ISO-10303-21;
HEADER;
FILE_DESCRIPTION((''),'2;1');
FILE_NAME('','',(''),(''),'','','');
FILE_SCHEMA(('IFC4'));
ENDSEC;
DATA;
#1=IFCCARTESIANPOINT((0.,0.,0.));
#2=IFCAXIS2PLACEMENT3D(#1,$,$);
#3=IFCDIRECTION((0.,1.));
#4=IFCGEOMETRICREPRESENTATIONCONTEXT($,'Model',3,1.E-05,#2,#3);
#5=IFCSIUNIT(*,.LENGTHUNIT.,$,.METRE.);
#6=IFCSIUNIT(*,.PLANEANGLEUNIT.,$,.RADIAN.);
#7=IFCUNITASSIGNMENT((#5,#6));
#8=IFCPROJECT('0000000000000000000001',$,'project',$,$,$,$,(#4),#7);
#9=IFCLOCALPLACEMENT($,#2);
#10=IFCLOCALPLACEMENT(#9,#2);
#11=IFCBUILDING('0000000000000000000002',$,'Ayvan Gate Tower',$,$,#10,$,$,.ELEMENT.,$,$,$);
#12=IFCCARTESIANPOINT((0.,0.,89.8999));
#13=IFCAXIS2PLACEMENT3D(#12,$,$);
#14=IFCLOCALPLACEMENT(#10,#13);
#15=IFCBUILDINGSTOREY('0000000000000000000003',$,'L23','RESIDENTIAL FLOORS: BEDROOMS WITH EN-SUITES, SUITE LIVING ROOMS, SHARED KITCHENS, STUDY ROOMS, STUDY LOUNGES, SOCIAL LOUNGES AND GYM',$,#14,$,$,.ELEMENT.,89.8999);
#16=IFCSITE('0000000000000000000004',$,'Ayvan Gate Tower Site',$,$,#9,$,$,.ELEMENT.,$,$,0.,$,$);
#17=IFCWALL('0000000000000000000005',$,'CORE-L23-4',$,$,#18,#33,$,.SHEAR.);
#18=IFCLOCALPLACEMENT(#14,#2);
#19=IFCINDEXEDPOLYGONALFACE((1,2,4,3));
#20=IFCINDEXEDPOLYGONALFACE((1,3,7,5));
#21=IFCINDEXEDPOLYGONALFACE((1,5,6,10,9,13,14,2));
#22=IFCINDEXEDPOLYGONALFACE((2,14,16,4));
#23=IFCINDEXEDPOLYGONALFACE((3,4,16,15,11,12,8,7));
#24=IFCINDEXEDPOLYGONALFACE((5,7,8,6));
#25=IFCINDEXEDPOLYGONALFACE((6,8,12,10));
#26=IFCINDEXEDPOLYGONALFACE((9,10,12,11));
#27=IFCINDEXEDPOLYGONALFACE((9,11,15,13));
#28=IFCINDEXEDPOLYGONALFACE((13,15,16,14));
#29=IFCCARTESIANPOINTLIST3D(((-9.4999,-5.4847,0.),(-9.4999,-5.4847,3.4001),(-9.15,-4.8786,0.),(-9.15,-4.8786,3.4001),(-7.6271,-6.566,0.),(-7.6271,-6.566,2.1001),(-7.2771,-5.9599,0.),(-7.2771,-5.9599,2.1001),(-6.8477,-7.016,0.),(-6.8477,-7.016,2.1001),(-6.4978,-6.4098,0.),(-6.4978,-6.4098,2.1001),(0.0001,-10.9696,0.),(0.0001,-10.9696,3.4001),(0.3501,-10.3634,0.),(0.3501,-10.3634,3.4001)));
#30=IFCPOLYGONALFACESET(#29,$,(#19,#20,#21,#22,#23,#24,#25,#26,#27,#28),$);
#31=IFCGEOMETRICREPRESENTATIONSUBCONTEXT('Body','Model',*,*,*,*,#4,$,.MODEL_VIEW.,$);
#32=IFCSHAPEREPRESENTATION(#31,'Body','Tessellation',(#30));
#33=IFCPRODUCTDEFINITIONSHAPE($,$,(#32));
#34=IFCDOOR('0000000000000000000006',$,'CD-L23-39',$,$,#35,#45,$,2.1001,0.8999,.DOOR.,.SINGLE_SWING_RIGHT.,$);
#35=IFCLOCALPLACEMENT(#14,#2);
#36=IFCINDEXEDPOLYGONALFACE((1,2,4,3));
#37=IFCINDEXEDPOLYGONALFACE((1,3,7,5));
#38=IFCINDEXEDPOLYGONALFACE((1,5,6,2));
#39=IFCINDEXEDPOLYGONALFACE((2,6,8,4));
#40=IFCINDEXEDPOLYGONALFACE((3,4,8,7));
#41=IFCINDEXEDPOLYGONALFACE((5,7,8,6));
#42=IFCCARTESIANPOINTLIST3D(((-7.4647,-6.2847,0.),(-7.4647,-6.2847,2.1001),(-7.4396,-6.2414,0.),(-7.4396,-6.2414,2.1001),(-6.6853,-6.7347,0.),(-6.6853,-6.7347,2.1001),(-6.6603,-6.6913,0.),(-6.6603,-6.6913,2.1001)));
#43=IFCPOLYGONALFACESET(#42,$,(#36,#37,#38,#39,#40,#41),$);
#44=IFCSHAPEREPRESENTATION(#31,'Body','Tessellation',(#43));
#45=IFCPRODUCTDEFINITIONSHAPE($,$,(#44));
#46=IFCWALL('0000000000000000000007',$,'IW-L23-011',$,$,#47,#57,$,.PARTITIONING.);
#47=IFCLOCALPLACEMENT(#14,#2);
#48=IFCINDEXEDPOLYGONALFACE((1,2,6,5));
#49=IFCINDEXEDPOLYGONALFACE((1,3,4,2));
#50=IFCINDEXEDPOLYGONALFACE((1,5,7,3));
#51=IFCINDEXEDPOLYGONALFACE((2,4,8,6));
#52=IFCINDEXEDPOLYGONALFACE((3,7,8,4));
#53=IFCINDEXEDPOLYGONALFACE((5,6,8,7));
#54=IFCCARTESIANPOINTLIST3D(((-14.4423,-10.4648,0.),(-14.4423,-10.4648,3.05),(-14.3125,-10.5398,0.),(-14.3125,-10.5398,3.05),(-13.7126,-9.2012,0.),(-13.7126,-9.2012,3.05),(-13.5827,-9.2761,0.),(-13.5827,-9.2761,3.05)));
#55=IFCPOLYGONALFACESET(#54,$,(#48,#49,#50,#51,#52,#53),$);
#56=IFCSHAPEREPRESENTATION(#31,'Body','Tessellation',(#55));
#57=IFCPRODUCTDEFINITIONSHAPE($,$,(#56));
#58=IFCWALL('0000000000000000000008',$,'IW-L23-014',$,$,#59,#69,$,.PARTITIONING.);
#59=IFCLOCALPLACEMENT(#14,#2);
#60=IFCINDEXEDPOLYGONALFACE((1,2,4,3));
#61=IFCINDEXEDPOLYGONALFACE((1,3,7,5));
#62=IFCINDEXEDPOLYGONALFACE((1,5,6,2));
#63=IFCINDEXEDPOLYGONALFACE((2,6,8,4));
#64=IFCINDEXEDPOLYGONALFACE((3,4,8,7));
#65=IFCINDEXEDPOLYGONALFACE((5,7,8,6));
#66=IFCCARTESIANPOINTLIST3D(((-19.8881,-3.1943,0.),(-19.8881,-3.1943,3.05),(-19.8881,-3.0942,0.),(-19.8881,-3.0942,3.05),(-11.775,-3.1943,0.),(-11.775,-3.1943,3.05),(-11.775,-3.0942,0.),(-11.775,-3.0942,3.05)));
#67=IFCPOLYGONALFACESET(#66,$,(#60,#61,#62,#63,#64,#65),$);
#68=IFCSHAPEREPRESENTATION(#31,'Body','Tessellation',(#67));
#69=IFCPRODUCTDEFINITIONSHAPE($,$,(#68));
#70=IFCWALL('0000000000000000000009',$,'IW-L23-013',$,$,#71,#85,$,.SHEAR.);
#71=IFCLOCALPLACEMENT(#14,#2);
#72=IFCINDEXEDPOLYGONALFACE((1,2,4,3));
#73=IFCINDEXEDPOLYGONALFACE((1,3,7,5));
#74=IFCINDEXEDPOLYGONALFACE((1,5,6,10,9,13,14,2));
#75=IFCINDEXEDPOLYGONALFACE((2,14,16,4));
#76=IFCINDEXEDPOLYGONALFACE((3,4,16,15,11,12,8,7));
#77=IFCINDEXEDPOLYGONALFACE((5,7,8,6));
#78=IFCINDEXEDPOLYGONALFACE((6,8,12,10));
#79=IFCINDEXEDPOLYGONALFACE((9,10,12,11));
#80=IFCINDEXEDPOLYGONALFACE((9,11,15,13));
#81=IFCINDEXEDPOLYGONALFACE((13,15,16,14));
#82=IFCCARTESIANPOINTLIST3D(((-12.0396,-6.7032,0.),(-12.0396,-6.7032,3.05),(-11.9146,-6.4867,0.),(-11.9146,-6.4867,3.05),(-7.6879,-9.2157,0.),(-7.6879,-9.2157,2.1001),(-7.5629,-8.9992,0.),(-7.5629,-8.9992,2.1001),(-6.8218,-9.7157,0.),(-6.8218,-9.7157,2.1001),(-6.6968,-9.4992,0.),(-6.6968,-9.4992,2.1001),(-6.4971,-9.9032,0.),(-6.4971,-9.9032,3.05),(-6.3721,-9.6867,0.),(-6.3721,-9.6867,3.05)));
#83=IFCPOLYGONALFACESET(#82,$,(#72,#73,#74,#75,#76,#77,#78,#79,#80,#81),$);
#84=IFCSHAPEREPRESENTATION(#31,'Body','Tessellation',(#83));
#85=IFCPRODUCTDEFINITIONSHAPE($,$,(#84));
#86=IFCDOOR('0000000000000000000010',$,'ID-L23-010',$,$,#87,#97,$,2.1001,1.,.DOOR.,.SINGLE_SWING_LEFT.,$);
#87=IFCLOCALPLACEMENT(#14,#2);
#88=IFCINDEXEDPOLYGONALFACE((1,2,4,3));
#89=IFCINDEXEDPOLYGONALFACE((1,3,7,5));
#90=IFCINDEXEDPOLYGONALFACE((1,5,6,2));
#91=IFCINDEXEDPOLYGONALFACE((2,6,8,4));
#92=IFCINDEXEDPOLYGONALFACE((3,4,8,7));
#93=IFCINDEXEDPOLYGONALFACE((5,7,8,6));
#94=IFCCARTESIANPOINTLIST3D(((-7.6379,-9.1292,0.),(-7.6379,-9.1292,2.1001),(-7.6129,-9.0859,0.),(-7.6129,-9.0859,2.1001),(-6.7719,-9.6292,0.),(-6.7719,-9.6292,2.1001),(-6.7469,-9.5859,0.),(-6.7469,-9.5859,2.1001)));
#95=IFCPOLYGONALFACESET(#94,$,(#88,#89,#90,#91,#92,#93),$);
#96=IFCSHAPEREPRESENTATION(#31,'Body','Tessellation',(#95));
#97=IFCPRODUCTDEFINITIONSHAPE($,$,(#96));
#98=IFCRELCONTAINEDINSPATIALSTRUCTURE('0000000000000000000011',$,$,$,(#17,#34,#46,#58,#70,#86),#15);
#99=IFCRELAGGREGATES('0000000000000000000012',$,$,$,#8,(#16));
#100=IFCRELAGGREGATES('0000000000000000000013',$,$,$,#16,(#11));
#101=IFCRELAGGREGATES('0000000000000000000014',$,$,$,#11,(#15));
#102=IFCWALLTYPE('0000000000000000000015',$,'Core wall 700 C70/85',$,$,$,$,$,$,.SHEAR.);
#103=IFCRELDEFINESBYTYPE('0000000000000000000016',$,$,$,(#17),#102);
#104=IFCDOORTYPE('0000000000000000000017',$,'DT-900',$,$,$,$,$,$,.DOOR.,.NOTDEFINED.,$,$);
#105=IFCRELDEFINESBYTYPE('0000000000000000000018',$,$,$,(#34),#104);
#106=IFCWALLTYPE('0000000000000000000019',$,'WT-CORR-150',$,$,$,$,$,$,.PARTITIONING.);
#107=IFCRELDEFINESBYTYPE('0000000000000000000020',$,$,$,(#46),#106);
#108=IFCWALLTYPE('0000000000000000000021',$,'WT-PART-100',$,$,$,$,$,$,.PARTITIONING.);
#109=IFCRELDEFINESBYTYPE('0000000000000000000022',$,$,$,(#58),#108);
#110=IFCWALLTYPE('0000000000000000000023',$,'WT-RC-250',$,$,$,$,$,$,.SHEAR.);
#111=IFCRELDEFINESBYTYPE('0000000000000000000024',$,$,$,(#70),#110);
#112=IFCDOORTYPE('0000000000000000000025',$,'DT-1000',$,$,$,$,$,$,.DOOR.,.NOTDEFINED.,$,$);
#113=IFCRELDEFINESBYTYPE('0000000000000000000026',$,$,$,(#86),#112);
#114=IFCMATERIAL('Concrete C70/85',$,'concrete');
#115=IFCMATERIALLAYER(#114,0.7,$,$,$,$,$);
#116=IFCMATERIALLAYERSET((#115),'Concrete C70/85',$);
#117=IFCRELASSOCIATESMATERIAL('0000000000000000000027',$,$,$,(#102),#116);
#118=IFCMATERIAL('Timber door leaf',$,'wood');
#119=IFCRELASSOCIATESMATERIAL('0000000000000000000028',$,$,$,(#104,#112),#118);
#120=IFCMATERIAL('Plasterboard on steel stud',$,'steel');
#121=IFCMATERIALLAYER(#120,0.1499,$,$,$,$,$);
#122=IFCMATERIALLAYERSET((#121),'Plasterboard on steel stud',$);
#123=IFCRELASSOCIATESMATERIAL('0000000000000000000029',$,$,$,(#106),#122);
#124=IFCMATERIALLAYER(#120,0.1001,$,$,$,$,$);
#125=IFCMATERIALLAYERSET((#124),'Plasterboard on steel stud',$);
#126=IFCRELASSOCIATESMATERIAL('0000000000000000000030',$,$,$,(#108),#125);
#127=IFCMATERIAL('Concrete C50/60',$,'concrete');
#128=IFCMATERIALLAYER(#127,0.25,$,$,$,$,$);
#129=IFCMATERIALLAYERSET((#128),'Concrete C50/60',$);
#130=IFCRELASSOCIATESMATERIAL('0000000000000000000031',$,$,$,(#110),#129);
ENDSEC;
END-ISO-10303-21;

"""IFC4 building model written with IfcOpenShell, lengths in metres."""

from ifc_helpers import new_model, si_unit, direction, frame, frame_2d, origin, place, context, subcontext, project, spatial, rectangle, extrude, material, layer, layer_set, type_object, element, fill, save


model = new_model("IFC4")

# Units and contexts
model_context = context("Model", 3, precision=1e-05, world=origin(), true_north=direction((0.0, 1.0)))
body_context = subcontext(model_context, "Body", "Model", "MODEL_VIEW")
ifc_project = project(units=[si_unit("LENGTHUNIT", "METRE"), si_unit("PLANEANGLEUNIT", "RADIAN")], contexts=[model_context])

# Site, building, storey
site_placement = place(None, origin())
site = spatial("IfcSite", under=ifc_project, at=site_placement, Name="Ayvan Gate Tower Site", CompositionType="ELEMENT", RefElevation=0.0)
building_placement = place(site_placement, origin())
building = spatial("IfcBuilding", under=site, at=building_placement, Name="Ayvan Gate Tower", CompositionType="ELEMENT")
storey_placement = place(building_placement, frame((0.0, 0.0, 89.8999)))
storey = spatial("IfcBuildingStorey", under=building, at=storey_placement, Name="L23", Description="RESIDENTIAL FLOORS: BEDROOMS WITH EN-SUITES, SUITE LIVING ROOMS, SHARED KITCHENS, STUDY ROOMS, STUDY LOUNGES, SOCIAL LOUNGES AND GYM", CompositionType="ELEMENT", Elevation=89.8999)

# Wall, opening, door
ifc_material_1 = material(Name="Concrete C70/85", Category="concrete")
ifc_layer_1 = layer(ifc_material_1, 0.7)
ifc_layer_set_1 = layer_set([ifc_layer_1], Name="Concrete C70/85")
wall_type_1 = type_object("IfcWallType", Name="Core wall 700 C70/85", PredefinedType="SHEAR", material=ifc_layer_set_1)
wall_1_placement = place(storey_placement, frame((-9.325, -5.1816, 0.0), z_axis=(0.0, 0.0, 1.0), x_axis=(0.866024, -0.500002, 0.0)))
wall_1 = element("IfcWall", 1, at=wall_1_placement, inside=storey, type_object=wall_type_1, Name="CORE-L23-4", PredefinedType="SHEAR", context=body_context, shape_type="SweptSolid", body=[
    extrude(rectangle(XDim=10.9697, YDim=0.7, at=frame_2d((5.4849, 0.0))), origin(), (0.0, 0.0, 1.0), 3.4001),
])
opening_1_placement = place(wall_1_placement, frame((2.1626, 0.0, 0.0)))
opening_1 = element("IfcOpeningElement", 2, at=opening_1_placement, cuts=wall_1, PredefinedType="OPENING", context=body_context, shape_type="SweptSolid", body=[
    extrude(rectangle(XDim=0.8999, YDim=2.1001, at=frame_2d((0.45, 1.05))), frame((0.0, 0.3599, 0.0), z_axis=(0.0, -1.0, 0.0), x_axis=(1.0, 0.0, 0.0)), (0.0, 0.0, 1.0), 0.72),
])
ifc_material_2 = material(Name="Timber door leaf", Category="wood")
door_type_1 = type_object("IfcDoorType", Name="DT-900", OperationType="NOTDEFINED", PredefinedType="DOOR", material=ifc_material_2)
door_1_placement = place(opening_1_placement, origin())
door_1 = element("IfcDoor", 3, at=door_1_placement, inside=storey, type_object=door_type_1, Name="CD-L23-39", OperationType="SINGLE_SWING_RIGHT", OverallHeight=2.1001, OverallWidth=0.8999, PredefinedType="DOOR", context=body_context, shape_type="SweptSolid", body=[
    extrude(rectangle(XDim=0.8999, YDim=2.1001, at=frame_2d((0.45, 1.05))), frame((0.0, 0.0249, 0.0), z_axis=(0.0, -1.0, 0.0), x_axis=(1.0, 0.0, 0.0)), (0.0, 0.0, 1.0), 0.05),
])
fill(opening_1, door_1)

# Walls
ifc_material_3 = material(Name="Plasterboard on steel stud", Category="steel")
ifc_layer_2 = layer(ifc_material_3, 0.1499)
ifc_layer_set_2 = layer_set([ifc_layer_2], Name="Plasterboard on steel stud")
wall_type_2 = type_object("IfcWallType", Name="WT-CORR-150", PredefinedType="PARTITIONING", material=ifc_layer_set_2)
wall_2_placement = place(storey_placement, frame((-13.6477, -9.2388, 0.0), z_axis=(0.0, 0.0, 1.0), x_axis=(-0.50008, -0.865979, 0.0)))
element("IfcWall", 4, at=wall_2_placement, inside=storey, type_object=wall_type_2, Name="IW-L23-011", PredefinedType="PARTITIONING", context=body_context, shape_type="SweptSolid", body=[
    extrude(rectangle(XDim=1.4592, YDim=0.1499, at=frame_2d((0.7295, 0.0))), origin(), (0.0, 0.0, 1.0), 3.05),
])
ifc_layer_3 = layer(ifc_material_3, 0.1001)
ifc_layer_set_3 = layer_set([ifc_layer_3], Name="Plasterboard on steel stud")
wall_type_3 = type_object("IfcWallType", Name="WT-PART-100", PredefinedType="PARTITIONING", material=ifc_layer_set_3)
wall_3_placement = place(storey_placement, frame((-11.7749, -3.1443, 0.0), z_axis=(0.0, 0.0, 1.0), x_axis=(-1.0, 0.0, 0.0)))
element("IfcWall", 5, at=wall_3_placement, inside=storey, type_object=wall_type_3, Name="IW-L23-014", PredefinedType="PARTITIONING", context=body_context, shape_type="SweptSolid", body=[
    extrude(rectangle(XDim=8.113, YDim=0.1001, at=frame_2d((4.0566, 0.0))), origin(), (0.0, 0.0, 1.0), 3.05),
])

# Wall, opening, door
ifc_material_4 = material(Name="Concrete C50/60", Category="concrete")
ifc_layer_4 = layer(ifc_material_4, 0.25)
ifc_layer_set_4 = layer_set([ifc_layer_4], Name="Concrete C50/60")
wall_type_4 = type_object("IfcWallType", Name="WT-RC-250", PredefinedType="SHEAR", material=ifc_layer_set_4)
wall_4_placement = place(storey_placement, frame((-11.9771, -6.595, 0.0), z_axis=(0.0, 0.0, 1.0), x_axis=(0.866025, -0.5, 0.0)))
wall_4 = element("IfcWall", 6, at=wall_4_placement, inside=storey, type_object=wall_type_4, Name="IW-L23-013", PredefinedType="SHEAR", context=body_context, shape_type="SweptSolid", body=[
    extrude(rectangle(XDim=6.3999, YDim=0.25, at=frame_2d((3.2, 0.0))), origin(), (0.0, 0.0, 1.0), 3.05),
])
opening_2_placement = place(wall_4_placement, frame((5.0249, 0.0, 0.0)))
opening_2 = element("IfcOpeningElement", 7, at=opening_2_placement, cuts=wall_4, PredefinedType="OPENING", context=body_context, shape_type="SweptSolid", body=[
    extrude(rectangle(XDim=1.0, YDim=2.1001, at=frame_2d((0.5, 1.05))), frame((0.0, 0.135, 0.0), z_axis=(0.0, -1.0, 0.0), x_axis=(1.0, 0.0, 0.0)), (0.0, 0.0, 1.0), 0.27),
])
door_type_2 = type_object("IfcDoorType", Name="DT-1000", OperationType="NOTDEFINED", PredefinedType="DOOR", material=ifc_material_2)
door_2_placement = place(opening_2_placement, origin())
door_2 = element("IfcDoor", 8, at=door_2_placement, inside=storey, type_object=door_type_2, Name="ID-L23-010", OperationType="SINGLE_SWING_LEFT", OverallHeight=2.1001, OverallWidth=1.0, PredefinedType="DOOR", context=body_context, shape_type="SweptSolid", body=[
    extrude(rectangle(XDim=1.0, YDim=2.1001, at=frame_2d((0.5, 1.05))), frame((0.0, 0.0249, 0.0), z_axis=(0.0, -1.0, 0.0), x_axis=(1.0, 0.0, 0.0)), (0.0, 0.0, 1.0), 0.05),
])
fill(opening_2, door_2)

save(model, "model.ifc")
